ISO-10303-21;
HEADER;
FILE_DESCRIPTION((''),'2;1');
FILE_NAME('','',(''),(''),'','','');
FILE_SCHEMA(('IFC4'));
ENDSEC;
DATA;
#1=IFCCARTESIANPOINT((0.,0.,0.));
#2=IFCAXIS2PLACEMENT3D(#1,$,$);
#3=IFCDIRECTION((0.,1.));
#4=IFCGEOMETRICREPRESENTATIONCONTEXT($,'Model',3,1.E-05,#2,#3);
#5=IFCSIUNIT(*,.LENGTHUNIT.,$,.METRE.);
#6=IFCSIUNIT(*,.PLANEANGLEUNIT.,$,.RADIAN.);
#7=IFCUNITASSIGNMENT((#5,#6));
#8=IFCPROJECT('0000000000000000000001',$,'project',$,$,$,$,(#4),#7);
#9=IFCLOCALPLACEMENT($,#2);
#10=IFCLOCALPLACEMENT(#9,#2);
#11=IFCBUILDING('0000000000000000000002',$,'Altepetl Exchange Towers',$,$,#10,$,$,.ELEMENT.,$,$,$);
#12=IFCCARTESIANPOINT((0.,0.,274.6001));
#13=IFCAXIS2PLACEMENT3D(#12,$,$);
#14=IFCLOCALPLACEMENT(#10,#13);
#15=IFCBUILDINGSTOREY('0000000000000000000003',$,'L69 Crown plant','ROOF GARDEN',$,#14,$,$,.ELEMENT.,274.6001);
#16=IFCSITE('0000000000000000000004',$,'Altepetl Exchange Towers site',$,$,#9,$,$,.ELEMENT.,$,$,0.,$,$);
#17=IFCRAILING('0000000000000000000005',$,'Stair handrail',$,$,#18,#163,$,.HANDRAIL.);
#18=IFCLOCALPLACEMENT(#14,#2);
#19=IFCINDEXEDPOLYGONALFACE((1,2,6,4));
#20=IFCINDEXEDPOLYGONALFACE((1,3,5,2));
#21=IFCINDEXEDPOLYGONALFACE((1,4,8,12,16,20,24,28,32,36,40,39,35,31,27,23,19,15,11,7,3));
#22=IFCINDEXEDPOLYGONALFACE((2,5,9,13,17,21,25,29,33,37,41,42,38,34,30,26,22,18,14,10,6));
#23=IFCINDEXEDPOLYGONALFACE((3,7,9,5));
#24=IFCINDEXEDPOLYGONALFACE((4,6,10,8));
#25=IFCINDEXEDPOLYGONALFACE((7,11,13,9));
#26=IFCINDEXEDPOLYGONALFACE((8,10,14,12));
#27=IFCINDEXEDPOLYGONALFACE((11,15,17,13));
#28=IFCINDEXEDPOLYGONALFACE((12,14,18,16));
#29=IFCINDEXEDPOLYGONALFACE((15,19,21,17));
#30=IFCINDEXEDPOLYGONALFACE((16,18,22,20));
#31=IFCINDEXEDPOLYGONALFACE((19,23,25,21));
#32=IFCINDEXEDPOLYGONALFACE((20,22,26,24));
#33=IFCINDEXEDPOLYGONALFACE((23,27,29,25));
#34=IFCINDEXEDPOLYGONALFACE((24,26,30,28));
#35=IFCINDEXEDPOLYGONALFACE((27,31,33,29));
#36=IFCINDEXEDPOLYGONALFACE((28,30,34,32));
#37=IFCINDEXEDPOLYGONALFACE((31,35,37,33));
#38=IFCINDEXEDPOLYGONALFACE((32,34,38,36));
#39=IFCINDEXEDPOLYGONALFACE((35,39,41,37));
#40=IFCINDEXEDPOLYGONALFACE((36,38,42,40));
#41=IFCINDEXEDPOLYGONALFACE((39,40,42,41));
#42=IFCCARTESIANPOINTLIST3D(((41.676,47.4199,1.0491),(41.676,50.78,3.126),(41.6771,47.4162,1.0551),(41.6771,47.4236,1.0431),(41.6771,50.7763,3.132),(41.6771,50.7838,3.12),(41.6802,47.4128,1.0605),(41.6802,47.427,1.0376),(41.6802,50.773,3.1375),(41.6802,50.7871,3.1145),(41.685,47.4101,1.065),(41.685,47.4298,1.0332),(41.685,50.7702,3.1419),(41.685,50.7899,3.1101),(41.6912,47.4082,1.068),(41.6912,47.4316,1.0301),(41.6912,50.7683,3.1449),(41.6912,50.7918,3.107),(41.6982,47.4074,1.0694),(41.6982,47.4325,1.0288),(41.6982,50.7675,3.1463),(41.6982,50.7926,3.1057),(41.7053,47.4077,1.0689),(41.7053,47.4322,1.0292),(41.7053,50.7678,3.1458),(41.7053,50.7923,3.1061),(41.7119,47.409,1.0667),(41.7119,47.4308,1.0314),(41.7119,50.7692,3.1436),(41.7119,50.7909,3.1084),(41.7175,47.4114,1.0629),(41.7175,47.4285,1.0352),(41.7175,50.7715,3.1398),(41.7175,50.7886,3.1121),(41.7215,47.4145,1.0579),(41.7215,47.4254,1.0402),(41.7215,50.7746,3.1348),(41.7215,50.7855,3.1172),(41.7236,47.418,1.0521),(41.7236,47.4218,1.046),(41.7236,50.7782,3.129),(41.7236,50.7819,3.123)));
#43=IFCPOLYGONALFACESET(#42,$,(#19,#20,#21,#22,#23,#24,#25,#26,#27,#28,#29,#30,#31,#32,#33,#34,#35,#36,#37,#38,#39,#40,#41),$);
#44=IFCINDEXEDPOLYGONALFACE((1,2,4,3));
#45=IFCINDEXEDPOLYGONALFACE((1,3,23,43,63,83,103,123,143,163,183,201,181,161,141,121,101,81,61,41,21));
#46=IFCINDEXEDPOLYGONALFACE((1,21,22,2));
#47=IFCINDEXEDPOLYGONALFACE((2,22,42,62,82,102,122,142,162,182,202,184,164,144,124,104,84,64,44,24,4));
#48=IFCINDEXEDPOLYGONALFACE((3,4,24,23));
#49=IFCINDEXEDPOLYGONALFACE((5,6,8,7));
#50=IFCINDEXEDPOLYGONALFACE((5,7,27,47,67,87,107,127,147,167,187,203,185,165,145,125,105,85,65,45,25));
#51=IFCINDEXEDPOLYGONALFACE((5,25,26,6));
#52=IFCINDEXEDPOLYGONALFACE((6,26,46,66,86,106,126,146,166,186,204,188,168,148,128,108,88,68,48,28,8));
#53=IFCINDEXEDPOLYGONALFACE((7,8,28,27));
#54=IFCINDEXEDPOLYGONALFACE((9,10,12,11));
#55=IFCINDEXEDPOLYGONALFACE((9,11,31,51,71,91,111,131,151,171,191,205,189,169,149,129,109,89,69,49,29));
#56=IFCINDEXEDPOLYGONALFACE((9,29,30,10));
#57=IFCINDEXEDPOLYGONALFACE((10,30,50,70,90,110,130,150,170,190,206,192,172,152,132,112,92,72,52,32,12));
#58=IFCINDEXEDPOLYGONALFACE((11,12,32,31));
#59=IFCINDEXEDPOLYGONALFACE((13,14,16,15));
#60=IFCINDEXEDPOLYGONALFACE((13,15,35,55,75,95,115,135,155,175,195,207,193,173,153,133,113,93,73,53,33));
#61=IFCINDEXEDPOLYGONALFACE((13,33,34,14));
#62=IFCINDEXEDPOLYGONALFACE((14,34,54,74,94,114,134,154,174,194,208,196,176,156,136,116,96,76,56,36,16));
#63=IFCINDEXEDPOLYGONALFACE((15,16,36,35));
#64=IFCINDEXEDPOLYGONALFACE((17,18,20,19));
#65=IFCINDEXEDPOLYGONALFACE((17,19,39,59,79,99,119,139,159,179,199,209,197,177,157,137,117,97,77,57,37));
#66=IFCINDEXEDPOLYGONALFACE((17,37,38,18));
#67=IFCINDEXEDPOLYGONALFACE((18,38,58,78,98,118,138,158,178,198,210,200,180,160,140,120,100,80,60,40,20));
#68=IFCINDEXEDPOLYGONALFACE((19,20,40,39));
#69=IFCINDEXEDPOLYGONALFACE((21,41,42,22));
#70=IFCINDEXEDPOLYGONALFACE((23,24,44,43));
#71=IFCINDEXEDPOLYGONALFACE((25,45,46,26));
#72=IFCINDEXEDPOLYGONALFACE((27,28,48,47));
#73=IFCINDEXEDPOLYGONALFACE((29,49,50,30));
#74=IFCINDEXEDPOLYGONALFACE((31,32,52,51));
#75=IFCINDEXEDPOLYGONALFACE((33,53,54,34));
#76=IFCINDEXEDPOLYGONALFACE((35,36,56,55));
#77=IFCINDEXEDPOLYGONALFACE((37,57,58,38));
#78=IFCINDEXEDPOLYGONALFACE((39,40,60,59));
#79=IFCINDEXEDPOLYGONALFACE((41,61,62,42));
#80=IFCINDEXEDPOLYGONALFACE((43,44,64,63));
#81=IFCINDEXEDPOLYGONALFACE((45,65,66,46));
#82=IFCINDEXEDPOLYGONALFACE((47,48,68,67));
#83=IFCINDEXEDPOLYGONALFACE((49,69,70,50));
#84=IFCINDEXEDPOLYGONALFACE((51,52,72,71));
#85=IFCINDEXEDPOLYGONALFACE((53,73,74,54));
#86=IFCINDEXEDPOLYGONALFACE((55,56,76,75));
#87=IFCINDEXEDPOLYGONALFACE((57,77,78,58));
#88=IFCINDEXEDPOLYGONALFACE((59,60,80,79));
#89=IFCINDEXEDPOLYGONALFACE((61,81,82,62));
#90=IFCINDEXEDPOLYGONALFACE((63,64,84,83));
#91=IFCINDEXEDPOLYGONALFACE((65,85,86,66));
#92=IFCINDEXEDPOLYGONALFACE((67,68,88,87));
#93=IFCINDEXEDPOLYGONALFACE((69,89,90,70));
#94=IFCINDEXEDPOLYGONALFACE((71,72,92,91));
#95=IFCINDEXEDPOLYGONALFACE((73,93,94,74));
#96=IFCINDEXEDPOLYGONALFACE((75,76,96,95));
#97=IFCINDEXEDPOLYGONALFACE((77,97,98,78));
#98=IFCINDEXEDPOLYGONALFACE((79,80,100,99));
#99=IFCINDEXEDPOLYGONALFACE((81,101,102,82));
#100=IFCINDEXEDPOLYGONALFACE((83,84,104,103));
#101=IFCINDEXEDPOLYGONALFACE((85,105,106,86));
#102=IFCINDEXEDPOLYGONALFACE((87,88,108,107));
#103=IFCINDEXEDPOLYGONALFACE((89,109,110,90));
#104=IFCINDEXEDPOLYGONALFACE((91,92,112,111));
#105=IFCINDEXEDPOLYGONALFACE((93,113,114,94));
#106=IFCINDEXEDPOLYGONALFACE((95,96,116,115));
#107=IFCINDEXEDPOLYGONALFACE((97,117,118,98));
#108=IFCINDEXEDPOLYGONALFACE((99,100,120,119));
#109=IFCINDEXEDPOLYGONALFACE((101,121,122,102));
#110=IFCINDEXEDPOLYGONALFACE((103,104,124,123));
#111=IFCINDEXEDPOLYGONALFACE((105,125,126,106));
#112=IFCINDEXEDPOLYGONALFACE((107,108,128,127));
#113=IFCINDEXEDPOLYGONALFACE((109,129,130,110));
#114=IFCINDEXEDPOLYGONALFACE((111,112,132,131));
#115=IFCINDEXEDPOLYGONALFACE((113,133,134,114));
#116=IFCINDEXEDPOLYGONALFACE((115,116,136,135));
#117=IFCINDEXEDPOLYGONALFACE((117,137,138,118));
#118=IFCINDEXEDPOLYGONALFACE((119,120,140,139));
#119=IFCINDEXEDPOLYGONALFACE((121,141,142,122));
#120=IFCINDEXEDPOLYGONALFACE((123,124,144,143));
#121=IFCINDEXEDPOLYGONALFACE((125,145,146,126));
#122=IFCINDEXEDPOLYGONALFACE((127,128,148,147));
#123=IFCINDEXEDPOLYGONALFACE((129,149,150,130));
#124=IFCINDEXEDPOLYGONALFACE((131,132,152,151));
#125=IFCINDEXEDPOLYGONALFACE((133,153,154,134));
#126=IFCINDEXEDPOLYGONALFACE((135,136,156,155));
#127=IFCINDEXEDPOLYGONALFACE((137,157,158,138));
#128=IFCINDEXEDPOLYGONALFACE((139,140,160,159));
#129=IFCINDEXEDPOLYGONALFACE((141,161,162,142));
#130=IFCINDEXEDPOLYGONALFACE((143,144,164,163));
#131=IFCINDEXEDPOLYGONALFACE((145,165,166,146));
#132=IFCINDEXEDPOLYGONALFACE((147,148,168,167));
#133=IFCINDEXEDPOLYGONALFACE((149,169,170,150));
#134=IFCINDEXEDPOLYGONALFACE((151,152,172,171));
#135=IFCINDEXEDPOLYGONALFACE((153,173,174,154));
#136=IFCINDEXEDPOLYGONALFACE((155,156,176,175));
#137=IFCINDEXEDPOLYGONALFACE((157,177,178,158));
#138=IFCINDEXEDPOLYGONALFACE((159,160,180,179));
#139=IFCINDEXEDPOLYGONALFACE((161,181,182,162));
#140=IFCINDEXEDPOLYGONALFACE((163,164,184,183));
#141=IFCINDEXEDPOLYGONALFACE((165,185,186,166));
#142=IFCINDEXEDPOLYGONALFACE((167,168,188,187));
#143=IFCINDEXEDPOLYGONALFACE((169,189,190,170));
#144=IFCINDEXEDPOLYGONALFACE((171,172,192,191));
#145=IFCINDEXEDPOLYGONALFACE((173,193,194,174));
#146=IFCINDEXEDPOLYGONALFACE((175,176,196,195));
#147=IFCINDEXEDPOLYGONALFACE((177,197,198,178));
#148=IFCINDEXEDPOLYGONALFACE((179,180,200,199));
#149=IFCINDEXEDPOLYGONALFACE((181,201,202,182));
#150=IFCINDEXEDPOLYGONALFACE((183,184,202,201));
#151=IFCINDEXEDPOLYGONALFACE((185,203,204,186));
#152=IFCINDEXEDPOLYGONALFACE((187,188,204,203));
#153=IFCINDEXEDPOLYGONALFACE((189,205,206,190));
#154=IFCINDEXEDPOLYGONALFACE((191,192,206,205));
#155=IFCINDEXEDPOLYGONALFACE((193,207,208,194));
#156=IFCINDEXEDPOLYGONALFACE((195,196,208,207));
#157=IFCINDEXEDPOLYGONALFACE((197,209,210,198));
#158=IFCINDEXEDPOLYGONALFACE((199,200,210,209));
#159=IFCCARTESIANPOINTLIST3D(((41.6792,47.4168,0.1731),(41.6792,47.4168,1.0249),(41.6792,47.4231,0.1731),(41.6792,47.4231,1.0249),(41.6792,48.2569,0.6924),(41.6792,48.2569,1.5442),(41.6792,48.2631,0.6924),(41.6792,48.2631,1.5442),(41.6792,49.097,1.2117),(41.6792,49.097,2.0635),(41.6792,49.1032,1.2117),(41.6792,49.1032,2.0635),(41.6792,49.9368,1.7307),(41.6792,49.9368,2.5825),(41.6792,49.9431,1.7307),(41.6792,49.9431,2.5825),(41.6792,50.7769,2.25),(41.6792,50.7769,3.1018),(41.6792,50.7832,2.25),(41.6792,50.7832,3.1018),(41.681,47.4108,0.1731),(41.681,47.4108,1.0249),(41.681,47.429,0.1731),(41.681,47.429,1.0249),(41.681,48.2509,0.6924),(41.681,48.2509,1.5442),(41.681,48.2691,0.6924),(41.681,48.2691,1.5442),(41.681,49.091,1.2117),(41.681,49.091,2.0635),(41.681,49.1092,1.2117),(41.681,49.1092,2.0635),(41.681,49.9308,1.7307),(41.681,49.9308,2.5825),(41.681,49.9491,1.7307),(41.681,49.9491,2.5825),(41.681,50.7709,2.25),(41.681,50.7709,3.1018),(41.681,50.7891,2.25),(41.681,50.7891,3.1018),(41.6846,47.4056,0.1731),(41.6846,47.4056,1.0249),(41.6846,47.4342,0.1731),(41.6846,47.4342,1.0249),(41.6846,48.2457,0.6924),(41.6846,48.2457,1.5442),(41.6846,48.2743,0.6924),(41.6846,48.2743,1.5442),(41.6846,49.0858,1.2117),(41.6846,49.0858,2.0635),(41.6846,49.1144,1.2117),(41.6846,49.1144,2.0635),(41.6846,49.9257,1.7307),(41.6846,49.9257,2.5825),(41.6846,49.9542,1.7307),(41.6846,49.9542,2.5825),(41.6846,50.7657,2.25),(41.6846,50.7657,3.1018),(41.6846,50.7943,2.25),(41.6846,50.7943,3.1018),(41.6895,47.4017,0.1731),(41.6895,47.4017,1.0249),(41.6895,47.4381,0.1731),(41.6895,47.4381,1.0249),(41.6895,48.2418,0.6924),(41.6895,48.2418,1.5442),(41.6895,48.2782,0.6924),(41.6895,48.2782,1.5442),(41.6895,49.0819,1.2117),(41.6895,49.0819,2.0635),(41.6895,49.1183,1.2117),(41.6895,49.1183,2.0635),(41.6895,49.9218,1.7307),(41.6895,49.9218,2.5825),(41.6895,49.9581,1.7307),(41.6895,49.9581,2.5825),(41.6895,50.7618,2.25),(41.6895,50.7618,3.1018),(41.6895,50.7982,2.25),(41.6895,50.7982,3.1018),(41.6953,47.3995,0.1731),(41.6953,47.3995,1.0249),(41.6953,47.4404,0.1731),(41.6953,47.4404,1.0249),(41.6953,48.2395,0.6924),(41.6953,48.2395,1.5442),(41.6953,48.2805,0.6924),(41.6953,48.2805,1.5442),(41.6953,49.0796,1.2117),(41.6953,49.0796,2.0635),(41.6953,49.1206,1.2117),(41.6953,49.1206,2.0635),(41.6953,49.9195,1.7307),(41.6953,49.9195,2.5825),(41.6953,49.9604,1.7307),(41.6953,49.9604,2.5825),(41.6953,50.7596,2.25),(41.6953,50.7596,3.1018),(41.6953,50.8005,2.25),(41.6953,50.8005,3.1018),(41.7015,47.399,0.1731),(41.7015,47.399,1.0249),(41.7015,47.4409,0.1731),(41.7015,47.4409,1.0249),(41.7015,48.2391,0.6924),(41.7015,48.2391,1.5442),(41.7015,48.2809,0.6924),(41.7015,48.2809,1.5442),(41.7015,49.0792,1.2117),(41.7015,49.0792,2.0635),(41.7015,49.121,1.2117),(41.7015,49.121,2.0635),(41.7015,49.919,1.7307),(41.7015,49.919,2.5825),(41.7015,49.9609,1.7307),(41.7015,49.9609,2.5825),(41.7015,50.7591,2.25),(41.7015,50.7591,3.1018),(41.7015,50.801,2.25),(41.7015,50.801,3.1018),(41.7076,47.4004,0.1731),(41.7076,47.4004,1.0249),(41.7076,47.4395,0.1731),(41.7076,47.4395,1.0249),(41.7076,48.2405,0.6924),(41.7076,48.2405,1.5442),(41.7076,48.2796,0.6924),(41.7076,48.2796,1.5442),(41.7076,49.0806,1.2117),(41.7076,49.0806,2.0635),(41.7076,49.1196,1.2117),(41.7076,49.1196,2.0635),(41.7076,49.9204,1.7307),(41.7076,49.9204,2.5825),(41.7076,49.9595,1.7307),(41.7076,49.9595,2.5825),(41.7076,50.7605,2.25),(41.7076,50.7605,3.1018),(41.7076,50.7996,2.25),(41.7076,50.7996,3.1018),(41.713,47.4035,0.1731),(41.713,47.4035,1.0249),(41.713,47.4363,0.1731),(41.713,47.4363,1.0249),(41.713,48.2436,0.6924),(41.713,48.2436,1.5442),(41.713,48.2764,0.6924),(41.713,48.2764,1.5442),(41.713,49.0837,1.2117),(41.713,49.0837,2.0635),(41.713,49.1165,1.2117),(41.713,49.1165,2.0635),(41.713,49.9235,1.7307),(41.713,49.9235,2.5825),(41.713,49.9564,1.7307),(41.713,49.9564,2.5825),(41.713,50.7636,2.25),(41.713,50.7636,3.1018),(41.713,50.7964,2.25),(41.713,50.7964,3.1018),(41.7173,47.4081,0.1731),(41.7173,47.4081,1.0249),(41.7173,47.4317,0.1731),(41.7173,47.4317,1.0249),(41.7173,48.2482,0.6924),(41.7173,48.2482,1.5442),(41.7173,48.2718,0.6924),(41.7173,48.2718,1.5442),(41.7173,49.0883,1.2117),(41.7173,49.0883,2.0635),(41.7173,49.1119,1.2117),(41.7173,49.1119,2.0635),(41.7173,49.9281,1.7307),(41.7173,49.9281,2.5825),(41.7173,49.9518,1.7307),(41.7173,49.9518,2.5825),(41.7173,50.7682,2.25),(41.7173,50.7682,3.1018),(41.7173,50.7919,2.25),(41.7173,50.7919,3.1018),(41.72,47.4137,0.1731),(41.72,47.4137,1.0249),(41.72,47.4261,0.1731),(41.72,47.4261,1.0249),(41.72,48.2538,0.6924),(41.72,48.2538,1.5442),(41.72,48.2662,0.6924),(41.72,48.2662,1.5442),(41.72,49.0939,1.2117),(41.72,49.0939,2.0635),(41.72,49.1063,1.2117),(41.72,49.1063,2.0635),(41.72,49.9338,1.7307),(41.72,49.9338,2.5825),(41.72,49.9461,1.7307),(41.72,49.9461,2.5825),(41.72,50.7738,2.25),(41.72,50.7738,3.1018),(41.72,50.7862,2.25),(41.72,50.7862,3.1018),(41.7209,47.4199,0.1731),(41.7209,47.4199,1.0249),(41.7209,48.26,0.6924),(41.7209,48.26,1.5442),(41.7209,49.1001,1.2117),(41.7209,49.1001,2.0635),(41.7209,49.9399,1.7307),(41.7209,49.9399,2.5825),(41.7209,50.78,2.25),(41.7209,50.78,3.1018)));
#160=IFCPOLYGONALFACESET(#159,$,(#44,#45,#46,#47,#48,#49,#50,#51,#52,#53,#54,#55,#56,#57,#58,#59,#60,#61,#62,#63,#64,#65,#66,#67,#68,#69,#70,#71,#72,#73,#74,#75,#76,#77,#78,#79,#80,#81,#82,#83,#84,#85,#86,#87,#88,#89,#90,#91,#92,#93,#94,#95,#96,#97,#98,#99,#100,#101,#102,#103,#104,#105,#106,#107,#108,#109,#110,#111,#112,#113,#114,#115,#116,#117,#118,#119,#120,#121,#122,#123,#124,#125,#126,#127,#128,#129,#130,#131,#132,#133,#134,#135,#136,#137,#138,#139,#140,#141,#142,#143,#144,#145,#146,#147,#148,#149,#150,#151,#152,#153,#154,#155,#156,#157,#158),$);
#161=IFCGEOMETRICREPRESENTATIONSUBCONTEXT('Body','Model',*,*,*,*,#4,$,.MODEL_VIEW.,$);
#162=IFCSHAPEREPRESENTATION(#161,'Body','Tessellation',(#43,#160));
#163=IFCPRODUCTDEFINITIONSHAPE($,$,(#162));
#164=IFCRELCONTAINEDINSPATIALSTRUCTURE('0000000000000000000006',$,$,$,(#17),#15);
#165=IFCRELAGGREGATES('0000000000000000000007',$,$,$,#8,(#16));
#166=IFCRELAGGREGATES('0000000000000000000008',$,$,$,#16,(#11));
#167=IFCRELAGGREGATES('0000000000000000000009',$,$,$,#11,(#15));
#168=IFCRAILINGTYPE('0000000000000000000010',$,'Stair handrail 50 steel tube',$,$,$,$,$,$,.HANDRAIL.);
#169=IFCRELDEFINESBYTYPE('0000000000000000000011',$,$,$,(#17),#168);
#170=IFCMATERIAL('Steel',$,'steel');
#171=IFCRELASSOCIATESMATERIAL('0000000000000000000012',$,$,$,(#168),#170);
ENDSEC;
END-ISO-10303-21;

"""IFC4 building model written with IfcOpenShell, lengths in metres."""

from ifc_helpers import new_model, si_unit, direction, frame, origin, origin_2d, place, context, subcontext, project, spatial, circle, extrude, source, transform, mapped, material, type_object, element, save


model = new_model("IFC4")

# Units and contexts
model_context = context("Model", 3, precision=1e-05, world=origin(), true_north=direction((0.0, 1.0)))
body_context = subcontext(model_context, "Body", "Model", "MODEL_VIEW")
ifc_project = project(units=[si_unit("LENGTHUNIT", "METRE"), si_unit("PLANEANGLEUNIT", "RADIAN")], contexts=[model_context])

# Site, building, storey
site_placement = place(None, origin())
site = spatial("IfcSite", under=ifc_project, at=site_placement, Name="Altepetl Exchange Towers site", CompositionType="ELEMENT", RefElevation=0.0)
building_placement = place(site_placement, origin())
building = spatial("IfcBuilding", under=site, at=building_placement, Name="Altepetl Exchange Towers", CompositionType="ELEMENT")
storey_placement = place(building_placement, frame((0.0, 0.0, 274.6001)))
storey = spatial("IfcBuildingStorey", under=building, at=storey_placement, Name="L69 Crown plant", Description="ROOF GARDEN", CompositionType="ELEMENT", Elevation=274.6001)

# Railing
ifc_material_1 = material(Name="Steel", Category="steel")
railing_type = type_object("IfcRailingType", Name="Stair handrail 50 steel tube", PredefinedType="HANDRAIL", material=ifc_material_1)
shared_shape = source(origin(), body_context, "Body", "SweptSolid", [
    extrude(circle(Radius=0.021, at=origin_2d()), origin(), (0.0, 0.0, 1.0), 0.8518),
])
for number, where, name in (
    (1, (41.7, 47.4199, 0.1731), "Stair handrail"),
):
    element("IfcRailing", number, at=place(storey_placement, frame(where)), inside=storey, type_object=railing_type, Name=name, PredefinedType="HANDRAIL", context=body_context, shape_type="SweptSolid", body=[
        extrude(circle(Radius=0.0239, at=origin_2d()), frame((0.0, 0.0, 0.876), z_axis=(0.0, 0.850623, 0.525776), x_axis=(-1.0, 0.0, 0.0)), (0.0, 0.0, 1.0), 3.9502),
        mapped(shared_shape, transform((0.0, 0.0, 0.0))),
        mapped(shared_shape, transform((0.0, 0.8401, 0.5193))),
        mapped(shared_shape, transform((0.0, 1.6802, 1.0386))),
        mapped(shared_shape, transform((0.0, 2.52, 1.5576))),
        mapped(shared_shape, transform((0.0, 3.3601, 2.0769))),
    ])

save(model, "model.ifc")
